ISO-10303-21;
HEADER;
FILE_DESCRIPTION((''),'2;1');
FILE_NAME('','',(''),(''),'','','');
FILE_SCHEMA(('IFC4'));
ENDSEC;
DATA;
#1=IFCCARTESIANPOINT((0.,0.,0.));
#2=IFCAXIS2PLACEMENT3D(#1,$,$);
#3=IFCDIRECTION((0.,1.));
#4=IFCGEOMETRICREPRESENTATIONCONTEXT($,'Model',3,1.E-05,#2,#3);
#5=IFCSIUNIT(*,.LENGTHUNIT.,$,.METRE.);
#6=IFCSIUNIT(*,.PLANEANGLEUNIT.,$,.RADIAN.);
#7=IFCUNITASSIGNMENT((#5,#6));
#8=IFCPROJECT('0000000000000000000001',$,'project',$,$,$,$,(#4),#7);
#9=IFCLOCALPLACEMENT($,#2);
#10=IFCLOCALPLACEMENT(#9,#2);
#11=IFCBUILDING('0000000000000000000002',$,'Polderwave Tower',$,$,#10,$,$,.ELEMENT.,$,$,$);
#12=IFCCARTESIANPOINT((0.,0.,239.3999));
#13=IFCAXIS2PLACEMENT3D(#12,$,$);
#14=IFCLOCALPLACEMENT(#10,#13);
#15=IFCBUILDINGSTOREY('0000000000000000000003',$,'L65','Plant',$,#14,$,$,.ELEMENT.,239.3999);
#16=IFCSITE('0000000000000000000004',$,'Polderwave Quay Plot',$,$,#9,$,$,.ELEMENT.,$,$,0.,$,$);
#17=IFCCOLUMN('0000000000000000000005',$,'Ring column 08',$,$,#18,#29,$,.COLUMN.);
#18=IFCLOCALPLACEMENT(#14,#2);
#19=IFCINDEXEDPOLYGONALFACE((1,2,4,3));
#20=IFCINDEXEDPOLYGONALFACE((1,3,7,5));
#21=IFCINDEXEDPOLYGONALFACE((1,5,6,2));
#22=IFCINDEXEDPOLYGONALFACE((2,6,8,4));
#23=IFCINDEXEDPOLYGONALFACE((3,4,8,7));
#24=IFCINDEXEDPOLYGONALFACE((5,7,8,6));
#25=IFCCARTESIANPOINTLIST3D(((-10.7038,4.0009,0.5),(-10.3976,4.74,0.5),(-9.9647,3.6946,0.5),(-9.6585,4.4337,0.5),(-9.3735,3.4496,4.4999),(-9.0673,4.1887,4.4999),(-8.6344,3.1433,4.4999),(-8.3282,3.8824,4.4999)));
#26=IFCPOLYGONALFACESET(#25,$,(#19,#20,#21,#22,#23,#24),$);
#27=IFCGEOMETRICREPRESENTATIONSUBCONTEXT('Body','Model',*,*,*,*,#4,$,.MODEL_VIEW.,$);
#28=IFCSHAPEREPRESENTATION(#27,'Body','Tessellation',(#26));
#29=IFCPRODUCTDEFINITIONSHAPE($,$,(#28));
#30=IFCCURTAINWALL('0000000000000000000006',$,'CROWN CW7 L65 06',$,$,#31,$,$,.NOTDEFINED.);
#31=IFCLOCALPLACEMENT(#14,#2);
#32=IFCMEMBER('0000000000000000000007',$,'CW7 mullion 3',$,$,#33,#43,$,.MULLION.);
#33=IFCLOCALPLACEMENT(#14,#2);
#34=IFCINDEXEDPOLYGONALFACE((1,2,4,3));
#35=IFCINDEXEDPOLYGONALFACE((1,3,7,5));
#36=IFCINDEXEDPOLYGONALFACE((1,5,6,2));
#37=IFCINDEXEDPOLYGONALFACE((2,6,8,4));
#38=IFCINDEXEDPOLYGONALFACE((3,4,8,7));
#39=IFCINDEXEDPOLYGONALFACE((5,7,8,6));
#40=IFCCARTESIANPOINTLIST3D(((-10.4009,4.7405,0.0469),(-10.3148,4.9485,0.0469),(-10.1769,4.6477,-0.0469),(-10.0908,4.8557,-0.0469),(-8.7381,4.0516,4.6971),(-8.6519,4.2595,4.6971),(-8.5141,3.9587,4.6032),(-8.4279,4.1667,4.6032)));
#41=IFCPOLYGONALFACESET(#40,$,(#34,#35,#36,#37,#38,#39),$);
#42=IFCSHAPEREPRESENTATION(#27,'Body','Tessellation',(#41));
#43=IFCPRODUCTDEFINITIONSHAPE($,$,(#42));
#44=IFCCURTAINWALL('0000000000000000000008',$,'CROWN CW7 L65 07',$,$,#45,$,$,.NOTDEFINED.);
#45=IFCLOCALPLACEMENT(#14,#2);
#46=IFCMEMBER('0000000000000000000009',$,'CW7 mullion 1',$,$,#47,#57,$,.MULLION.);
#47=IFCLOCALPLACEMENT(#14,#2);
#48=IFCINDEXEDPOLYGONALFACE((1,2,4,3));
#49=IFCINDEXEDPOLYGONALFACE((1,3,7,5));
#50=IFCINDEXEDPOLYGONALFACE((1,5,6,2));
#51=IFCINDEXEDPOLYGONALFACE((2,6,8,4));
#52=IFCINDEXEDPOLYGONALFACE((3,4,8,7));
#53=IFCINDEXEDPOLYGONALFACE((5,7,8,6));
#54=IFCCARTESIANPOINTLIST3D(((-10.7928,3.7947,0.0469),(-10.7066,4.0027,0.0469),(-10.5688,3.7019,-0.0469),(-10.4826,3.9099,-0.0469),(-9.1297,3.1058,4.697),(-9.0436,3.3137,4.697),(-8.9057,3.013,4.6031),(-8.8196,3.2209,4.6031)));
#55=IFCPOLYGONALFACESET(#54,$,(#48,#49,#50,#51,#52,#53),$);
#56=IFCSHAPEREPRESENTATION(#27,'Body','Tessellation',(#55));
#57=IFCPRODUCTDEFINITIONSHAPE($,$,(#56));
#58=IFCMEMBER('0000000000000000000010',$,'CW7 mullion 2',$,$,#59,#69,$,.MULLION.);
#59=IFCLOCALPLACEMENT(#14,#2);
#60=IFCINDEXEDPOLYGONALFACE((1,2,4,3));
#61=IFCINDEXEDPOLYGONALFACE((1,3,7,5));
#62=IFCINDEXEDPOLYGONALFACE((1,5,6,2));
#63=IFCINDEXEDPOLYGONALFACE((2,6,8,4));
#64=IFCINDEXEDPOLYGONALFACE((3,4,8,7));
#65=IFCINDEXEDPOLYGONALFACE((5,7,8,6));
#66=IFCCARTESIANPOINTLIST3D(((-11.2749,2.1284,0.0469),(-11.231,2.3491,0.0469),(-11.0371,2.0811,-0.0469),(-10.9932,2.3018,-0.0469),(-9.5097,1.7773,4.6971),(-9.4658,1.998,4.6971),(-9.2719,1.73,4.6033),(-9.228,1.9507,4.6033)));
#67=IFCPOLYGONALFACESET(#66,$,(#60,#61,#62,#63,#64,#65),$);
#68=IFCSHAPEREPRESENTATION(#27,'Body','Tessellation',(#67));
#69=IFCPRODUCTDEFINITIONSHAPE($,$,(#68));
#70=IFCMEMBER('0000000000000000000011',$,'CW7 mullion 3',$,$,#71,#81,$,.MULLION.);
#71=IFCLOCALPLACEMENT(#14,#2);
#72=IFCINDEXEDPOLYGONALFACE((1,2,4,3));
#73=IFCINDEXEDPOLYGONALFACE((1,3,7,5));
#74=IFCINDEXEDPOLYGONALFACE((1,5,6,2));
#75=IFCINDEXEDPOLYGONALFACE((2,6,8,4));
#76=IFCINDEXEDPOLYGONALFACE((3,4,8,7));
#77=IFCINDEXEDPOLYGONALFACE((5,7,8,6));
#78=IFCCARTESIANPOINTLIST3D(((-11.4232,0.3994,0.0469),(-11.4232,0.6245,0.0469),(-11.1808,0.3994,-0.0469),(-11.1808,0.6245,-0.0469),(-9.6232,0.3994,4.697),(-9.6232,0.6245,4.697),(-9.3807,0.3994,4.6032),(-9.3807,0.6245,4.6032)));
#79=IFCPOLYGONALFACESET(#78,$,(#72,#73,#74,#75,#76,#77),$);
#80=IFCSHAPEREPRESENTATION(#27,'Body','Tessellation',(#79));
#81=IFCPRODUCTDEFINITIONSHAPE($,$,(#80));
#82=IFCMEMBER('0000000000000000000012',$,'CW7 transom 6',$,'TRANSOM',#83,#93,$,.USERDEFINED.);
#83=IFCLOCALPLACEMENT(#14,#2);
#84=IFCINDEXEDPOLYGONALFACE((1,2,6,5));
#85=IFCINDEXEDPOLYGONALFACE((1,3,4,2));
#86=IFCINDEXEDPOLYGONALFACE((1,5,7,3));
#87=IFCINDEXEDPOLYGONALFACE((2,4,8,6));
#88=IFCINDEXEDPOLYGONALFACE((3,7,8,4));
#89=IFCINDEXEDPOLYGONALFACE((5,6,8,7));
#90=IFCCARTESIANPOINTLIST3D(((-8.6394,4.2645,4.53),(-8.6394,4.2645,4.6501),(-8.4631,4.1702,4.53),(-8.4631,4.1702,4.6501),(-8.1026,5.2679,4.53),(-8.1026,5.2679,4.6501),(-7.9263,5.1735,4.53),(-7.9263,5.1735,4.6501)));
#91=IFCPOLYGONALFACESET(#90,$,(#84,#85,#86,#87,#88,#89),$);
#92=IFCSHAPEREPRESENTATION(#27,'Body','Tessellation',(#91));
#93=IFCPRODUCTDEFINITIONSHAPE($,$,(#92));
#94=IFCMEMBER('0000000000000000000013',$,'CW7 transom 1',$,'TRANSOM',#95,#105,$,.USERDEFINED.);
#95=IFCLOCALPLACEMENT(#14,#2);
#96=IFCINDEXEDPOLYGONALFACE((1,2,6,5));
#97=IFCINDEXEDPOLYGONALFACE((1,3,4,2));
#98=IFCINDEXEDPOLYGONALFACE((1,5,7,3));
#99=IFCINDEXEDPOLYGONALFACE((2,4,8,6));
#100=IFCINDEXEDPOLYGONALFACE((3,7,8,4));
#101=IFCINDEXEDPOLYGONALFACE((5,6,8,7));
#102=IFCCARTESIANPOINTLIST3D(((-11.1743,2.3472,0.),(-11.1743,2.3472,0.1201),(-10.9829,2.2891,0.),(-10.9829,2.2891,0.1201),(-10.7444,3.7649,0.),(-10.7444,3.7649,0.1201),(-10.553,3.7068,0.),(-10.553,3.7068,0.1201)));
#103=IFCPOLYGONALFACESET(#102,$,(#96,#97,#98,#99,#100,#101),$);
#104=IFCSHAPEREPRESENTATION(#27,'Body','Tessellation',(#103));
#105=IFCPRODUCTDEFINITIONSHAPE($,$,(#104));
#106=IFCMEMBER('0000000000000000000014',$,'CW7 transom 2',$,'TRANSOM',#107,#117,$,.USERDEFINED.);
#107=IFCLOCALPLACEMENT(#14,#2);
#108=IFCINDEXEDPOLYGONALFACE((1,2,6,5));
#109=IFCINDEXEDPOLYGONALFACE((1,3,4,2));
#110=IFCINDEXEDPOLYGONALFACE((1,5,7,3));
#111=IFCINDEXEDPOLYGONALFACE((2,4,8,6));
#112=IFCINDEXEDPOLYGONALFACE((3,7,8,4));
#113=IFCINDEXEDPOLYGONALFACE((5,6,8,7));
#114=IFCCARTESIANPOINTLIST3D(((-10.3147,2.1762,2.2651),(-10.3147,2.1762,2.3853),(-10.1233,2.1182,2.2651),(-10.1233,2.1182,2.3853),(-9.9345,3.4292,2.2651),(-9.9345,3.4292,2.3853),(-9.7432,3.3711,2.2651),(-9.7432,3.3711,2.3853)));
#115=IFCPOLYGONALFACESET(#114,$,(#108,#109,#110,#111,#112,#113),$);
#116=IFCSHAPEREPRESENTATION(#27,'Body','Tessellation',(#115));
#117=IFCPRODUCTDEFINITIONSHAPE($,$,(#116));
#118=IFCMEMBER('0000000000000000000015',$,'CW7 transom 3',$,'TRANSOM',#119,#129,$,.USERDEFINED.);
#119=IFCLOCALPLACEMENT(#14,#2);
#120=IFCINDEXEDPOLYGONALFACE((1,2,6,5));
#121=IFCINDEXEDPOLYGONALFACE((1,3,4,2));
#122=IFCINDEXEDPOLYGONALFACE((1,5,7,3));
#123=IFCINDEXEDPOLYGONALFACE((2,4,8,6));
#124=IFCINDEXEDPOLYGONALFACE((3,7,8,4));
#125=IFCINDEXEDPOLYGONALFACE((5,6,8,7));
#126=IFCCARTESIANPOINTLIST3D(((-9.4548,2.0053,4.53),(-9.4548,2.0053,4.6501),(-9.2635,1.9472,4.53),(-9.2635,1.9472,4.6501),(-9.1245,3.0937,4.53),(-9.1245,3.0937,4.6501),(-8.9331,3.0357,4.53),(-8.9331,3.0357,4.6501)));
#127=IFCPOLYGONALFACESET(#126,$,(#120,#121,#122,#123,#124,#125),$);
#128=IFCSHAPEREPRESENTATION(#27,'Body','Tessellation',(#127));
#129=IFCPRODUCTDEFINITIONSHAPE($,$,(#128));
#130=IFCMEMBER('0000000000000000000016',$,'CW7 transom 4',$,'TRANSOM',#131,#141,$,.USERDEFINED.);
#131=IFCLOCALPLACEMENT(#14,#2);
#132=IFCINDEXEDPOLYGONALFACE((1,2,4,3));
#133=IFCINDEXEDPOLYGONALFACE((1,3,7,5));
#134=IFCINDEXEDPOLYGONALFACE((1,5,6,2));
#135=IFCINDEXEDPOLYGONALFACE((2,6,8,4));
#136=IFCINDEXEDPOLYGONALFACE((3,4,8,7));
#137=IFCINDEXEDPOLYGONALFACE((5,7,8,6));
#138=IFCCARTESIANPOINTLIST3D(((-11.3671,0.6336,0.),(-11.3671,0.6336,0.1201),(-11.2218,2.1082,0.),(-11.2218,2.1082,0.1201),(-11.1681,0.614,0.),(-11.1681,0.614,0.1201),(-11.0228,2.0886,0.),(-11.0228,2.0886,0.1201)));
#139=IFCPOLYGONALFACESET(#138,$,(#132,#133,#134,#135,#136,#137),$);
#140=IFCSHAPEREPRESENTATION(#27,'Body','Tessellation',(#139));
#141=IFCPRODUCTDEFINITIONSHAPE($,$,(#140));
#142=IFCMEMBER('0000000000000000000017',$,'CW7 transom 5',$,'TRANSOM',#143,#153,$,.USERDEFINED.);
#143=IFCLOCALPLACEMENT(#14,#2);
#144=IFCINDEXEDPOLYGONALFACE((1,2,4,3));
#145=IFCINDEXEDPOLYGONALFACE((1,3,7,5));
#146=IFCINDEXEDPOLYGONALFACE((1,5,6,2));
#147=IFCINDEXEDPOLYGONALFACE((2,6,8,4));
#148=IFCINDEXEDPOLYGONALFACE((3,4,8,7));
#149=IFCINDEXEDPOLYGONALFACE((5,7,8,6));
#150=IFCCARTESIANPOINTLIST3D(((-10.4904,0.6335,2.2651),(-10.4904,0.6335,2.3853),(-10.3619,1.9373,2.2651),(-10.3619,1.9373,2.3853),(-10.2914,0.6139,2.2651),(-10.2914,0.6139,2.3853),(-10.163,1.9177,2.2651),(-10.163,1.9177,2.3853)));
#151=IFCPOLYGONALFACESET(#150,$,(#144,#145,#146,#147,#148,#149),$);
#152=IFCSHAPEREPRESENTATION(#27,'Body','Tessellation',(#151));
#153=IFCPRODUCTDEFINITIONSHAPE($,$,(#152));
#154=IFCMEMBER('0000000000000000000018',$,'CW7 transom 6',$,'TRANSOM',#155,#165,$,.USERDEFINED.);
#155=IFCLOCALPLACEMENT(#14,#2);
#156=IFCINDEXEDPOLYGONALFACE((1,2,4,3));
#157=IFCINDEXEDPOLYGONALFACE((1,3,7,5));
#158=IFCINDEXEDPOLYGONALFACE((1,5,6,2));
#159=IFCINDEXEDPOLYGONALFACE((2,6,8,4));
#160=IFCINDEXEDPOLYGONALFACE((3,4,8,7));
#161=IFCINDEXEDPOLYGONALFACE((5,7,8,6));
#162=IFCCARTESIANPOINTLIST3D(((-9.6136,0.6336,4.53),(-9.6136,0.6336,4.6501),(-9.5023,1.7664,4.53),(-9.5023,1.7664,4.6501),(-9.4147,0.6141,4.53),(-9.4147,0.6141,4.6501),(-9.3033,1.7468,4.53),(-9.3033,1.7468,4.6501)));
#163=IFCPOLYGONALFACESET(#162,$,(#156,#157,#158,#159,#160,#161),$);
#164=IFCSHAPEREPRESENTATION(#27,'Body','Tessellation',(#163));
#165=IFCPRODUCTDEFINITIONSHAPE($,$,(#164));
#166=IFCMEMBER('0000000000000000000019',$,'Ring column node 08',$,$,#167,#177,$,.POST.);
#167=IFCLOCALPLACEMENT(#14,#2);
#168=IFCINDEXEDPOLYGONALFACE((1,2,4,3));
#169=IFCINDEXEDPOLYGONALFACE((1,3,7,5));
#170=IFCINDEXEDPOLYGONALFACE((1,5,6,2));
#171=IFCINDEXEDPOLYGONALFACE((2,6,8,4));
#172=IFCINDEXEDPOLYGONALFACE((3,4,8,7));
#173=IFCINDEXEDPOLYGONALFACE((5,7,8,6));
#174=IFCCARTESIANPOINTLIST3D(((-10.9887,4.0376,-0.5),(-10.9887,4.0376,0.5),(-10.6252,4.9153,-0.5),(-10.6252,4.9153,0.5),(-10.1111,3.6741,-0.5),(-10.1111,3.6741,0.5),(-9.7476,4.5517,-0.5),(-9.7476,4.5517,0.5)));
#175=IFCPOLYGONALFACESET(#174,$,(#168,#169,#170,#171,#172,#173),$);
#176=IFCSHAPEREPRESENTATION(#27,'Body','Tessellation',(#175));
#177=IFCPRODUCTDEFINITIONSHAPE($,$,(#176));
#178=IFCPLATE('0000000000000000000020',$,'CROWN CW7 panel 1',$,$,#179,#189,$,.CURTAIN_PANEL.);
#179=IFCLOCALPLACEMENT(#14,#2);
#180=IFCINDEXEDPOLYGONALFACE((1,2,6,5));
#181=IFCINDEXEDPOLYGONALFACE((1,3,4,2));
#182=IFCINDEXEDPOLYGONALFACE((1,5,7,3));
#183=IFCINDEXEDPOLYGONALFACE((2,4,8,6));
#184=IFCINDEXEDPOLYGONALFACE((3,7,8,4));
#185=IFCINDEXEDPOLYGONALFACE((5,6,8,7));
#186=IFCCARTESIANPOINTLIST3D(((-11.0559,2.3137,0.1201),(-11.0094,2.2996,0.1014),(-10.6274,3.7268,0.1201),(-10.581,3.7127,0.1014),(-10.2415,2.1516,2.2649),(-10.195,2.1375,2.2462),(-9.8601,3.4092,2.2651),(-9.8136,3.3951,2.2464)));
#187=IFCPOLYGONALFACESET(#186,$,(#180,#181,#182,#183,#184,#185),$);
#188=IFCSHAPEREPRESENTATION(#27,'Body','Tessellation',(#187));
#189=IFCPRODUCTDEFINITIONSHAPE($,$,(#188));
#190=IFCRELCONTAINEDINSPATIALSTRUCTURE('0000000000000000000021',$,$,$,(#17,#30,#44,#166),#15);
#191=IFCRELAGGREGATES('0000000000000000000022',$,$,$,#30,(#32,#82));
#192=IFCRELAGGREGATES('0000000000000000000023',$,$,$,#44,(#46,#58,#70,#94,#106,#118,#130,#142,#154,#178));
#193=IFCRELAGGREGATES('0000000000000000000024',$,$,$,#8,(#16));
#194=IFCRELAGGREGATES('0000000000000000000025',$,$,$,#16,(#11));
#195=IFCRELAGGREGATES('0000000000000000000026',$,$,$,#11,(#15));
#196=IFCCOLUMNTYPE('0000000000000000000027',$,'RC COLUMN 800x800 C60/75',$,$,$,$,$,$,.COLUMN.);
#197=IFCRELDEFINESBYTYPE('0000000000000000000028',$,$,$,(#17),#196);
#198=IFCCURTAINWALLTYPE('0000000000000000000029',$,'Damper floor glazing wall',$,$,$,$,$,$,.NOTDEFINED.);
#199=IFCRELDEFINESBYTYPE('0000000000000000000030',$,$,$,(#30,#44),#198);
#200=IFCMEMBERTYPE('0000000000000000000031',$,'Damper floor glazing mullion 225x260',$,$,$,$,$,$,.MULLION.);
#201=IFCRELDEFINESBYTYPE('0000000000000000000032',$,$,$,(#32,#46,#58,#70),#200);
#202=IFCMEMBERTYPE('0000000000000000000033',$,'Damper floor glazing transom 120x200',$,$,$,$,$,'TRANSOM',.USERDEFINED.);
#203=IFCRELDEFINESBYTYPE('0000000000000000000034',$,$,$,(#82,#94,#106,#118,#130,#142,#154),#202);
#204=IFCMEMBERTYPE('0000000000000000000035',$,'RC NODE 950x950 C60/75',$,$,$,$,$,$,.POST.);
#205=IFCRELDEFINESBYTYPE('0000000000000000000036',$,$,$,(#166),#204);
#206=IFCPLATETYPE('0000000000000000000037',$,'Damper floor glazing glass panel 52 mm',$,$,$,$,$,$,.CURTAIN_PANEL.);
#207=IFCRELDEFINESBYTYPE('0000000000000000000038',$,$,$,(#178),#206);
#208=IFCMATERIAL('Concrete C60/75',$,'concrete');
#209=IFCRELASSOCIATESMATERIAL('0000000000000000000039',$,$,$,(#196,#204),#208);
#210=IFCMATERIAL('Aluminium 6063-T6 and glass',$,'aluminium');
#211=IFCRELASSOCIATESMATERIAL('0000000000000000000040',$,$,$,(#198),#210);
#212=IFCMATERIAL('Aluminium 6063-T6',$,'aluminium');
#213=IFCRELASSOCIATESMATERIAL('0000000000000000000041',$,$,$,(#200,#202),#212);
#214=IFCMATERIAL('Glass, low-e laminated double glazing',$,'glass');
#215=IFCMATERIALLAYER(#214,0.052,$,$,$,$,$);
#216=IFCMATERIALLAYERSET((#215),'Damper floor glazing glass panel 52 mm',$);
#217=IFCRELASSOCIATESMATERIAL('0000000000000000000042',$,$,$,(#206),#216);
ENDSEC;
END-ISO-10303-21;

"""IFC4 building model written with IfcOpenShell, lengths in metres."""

from ifc_helpers import new_model, si_unit, direction, frame, origin, origin_2d, place, context, subcontext, project, spatial, polyline, rectangle, outline, extrude, material, layer, layer_set, material_profile, profile_set, type_object, element, aggregate, save


model = new_model("IFC4")

# Units and contexts
model_context = context("Model", 3, precision=1e-05, world=origin(), true_north=direction((0.0, 1.0)))
body_context = subcontext(model_context, "Body", "Model", "MODEL_VIEW")
ifc_project = project(units=[si_unit("LENGTHUNIT", "METRE"), si_unit("PLANEANGLEUNIT", "RADIAN")], contexts=[model_context])

# Site, building, storey
site_placement = place(None, origin())
site = spatial("IfcSite", under=ifc_project, at=site_placement, Name="Polderwave Quay Plot", CompositionType="ELEMENT", RefElevation=0.0)
building_placement = place(site_placement, origin())
building = spatial("IfcBuilding", under=site, at=building_placement, Name="Polderwave Tower", CompositionType="ELEMENT")
storey_placement = place(building_placement, frame((0.0, 0.0, 239.3999)))
storey = spatial("IfcBuildingStorey", under=building, at=storey_placement, Name="L65", Description="Plant", CompositionType="ELEMENT", Elevation=239.3999)

# Column
ifc_material_1 = material(Name="Concrete C60/75", Category="concrete")
ifc_material_profile_1 = material_profile(ifc_material_1, rectangle(XDim=0.8, YDim=0.8, at=origin_2d()), Name="RC 800x800")
ifc_profile_set_1 = profile_set([ifc_material_profile_1], Name="Concrete C60/75")
column_type = type_object("IfcColumnType", Name="RC COLUMN 800x800 C60/75", PredefinedType="COLUMN", material=ifc_profile_set_1)
column_placement = place(storey_placement, frame((-10.1812, 4.2173, 0.5), z_axis=(0.0, 0.0, 1.0), x_axis=(0.382821, 0.923823, 0.0)))
element("IfcColumn", 1, at=column_placement, inside=storey, type_object=column_type, Name="Ring column 08", PredefinedType="COLUMN", context=body_context, shape_type="SweptSolid", body=[
    extrude(rectangle(XDim=0.8, YDim=0.8, at=origin_2d()), origin(), (0.0, -0.338723, 0.940886), 4.2512),
])

# Curtain wall, member
ifc_material_2 = material(Name="Aluminium 6063-T6 and glass", Category="aluminium")
curtain_wall_type = type_object("IfcCurtainWallType", Name="Damper floor glazing wall", PredefinedType="NOTDEFINED", material=ifc_material_2)
curtain_wall_1_placement = place(storey_placement, origin())
curtain_wall_1 = element("IfcCurtainWall", 2, at=curtain_wall_1_placement, inside=storey, type_object=curtain_wall_type, Name="CROWN CW7 L65 06", PredefinedType="NOTDEFINED")
ifc_material_3 = material(Name="Aluminium 6063-T6", Category="aluminium")
ifc_material_profile_2 = material_profile(ifc_material_3, rectangle(XDim=0.2251, YDim=0.26, at=origin_2d()), Name="AL 225x260")
ifc_profile_set_2 = profile_set([ifc_material_profile_2], Name="Aluminium 6063-T6")
member_type_1 = type_object("IfcMemberType", Name="Damper floor glazing mullion 225x260", PredefinedType="MULLION", material=ifc_profile_set_2)
member_1_placement = place(storey_placement, frame((-10.2458, 4.7981, 0.0), z_axis=(0.333479, -0.13817, 0.932577), x_axis=(0.382775, 0.923842, 0.0)))
member_1 = element("IfcMember", 3, at=member_1_placement, type_object=member_type_1, Name="CW7 mullion 3", PredefinedType="MULLION", context=body_context, shape_type="SweptSolid", body=[
    extrude(rectangle(XDim=0.2251, YDim=0.26, at=origin_2d()), origin(), (0.0, 0.0, 1.0), 4.9863),
])

# Curtain wall, members
curtain_wall_2_placement = place(storey_placement, origin())
curtain_wall_2 = element("IfcCurtainWall", 4, at=curtain_wall_2_placement, inside=storey, type_object=curtain_wall_type, Name="CROWN CW7 L65 07", PredefinedType="NOTDEFINED")
member_2_placement = place(storey_placement, frame((-10.6377, 3.8523, 0.0), z_axis=(0.333523, -0.138168, 0.932562), x_axis=(0.382727, 0.923861, 0.0)))
member_2 = element("IfcMember", 5, at=member_2_placement, type_object=member_type_1, Name="CW7 mullion 1", PredefinedType="MULLION", context=body_context, shape_type="SweptSolid", body=[
    extrude(rectangle(XDim=0.2251, YDim=0.26, at=origin_2d()), origin(), (0.0, 0.0, 1.0), 4.9863),
])
member_3_placement = place(storey_placement, frame((-11.134, 2.2151, 0.0), z_axis=(0.354, -0.070408, 0.932591), x_axis=(0.195073, 0.980789, 0.0)))
member_3 = element("IfcMember", 6, at=member_3_placement, type_object=member_type_1, Name="CW7 mullion 2", PredefinedType="MULLION", context=body_context, shape_type="SweptSolid", body=[
    extrude(rectangle(XDim=0.2251, YDim=0.26, at=origin_2d()), origin(), (0.0, 0.0, 1.0), 4.9863),
])
member_4_placement = place(storey_placement, frame((-11.302, 0.512, 0.0), z_axis=(0.360993, 0.0, 0.932569), x_axis=(0.0, 1.0, 0.0)))
member_4 = element("IfcMember", 7, at=member_4_placement, type_object=member_type_1, Name="CW7 mullion 3", PredefinedType="MULLION", context=body_context, shape_type="SweptSolid", body=[
    extrude(rectangle(XDim=0.2251, YDim=0.26, at=origin_2d()), origin(), (0.0, 0.0, 1.0), 4.9863),
])

# Members
ifc_material_profile_3 = material_profile(ifc_material_3, rectangle(XDim=0.2, YDim=0.1201, at=origin_2d()), Name="AL 120x200")
ifc_profile_set_3 = profile_set([ifc_material_profile_3], Name="Aluminium 6063-T6")
member_type_2 = type_object("IfcMemberType", Name="Damper floor glazing transom 120x200", ElementType="TRANSOM", PredefinedType="USERDEFINED", material=ifc_profile_set_3)
member_5_placement = place(storey_placement, frame((-8.0144, 5.2207, 4.5901), z_axis=(-0.471757, -0.881729, 0.0), x_axis=(0.881729, -0.471757, 0.0)))
member_5 = element("IfcMember", 8, at=member_5_placement, type_object=member_type_2, Name="CW7 transom 6", ObjectType="TRANSOM", PredefinedType="USERDEFINED", context=body_context, shape_type="SweptSolid", body=[
    extrude(rectangle(XDim=0.2, YDim=0.1201, at=origin_2d()), origin(), (0.0, 0.0, 1.0), 1.1379),
])
aggregate(curtain_wall_1, [member_1, member_5])
member_6_placement = place(storey_placement, frame((-10.6487, 3.7358, 0.0601), z_axis=(-0.290204, -0.956965, 0.0), x_axis=(0.956965, -0.290204, 0.0)))
member_6 = element("IfcMember", 9, at=member_6_placement, type_object=member_type_2, Name="CW7 transom 1", ObjectType="TRANSOM", PredefinedType="USERDEFINED", context=body_context, shape_type="SweptSolid", body=[
    extrude(rectangle(XDim=0.2, YDim=0.1201, at=origin_2d()), origin(), (0.0, 0.0, 1.0), 1.4814),
])
member_7_placement = place(storey_placement, frame((-9.8389, 3.4001, 2.3252), z_axis=(-0.290323, -0.956929, 0.0), x_axis=(0.956929, -0.290323, 0.0)))
member_7 = element("IfcMember", 10, at=member_7_placement, type_object=member_type_2, Name="CW7 transom 2", ObjectType="TRANSOM", PredefinedType="USERDEFINED", context=body_context, shape_type="SweptSolid", body=[
    extrude(rectangle(XDim=0.2, YDim=0.1201, at=origin_2d()), origin(), (0.0, 0.0, 1.0), 1.3093),
])
member_8_placement = place(storey_placement, frame((-9.0288, 3.0647, 4.5901), z_axis=(-0.290418, -0.9569, 0.0), x_axis=(0.9569, -0.290418, 0.0)))
member_8 = element("IfcMember", 11, at=member_8_placement, type_object=member_type_2, Name="CW7 transom 3", ObjectType="TRANSOM", PredefinedType="USERDEFINED", context=body_context, shape_type="SweptSolid", body=[
    extrude(rectangle(XDim=0.2, YDim=0.1201, at=origin_2d()), origin(), (0.0, 0.0, 1.0), 1.1375),
])
member_9_placement = place(storey_placement, frame((-11.1223, 2.0984, 0.0601), z_axis=(-0.098035, -0.995183, 0.0), x_axis=(0.995183, -0.098035, 0.0)))
member_9 = element("IfcMember", 12, at=member_9_placement, type_object=member_type_2, Name="CW7 transom 4", ObjectType="TRANSOM", PredefinedType="USERDEFINED", context=body_context, shape_type="SweptSolid", body=[
    extrude(rectangle(XDim=0.2, YDim=0.1201, at=origin_2d()), origin(), (0.0, 0.0, 1.0), 1.4817),
])
member_10_placement = place(storey_placement, frame((-10.2625, 1.9275, 2.3252), z_axis=(-0.098027, -0.995184, 0.0), x_axis=(0.995184, -0.098027, 0.0)))
member_10 = element("IfcMember", 13, at=member_10_placement, type_object=member_type_2, Name="CW7 transom 5", ObjectType="TRANSOM", PredefinedType="USERDEFINED", context=body_context, shape_type="SweptSolid", body=[
    extrude(rectangle(XDim=0.2, YDim=0.1201, at=origin_2d()), origin(), (0.0, 0.0, 1.0), 1.3101),
])
member_11_placement = place(storey_placement, frame((-9.4028, 1.7566, 4.5901), z_axis=(-0.097805, -0.995206, 0.0), x_axis=(0.995206, -0.097805, 0.0)))
member_11 = element("IfcMember", 14, at=member_11_placement, type_object=member_type_2, Name="CW7 transom 6", ObjectType="TRANSOM", PredefinedType="USERDEFINED", context=body_context, shape_type="SweptSolid", body=[
    extrude(rectangle(XDim=0.2, YDim=0.1201, at=origin_2d()), origin(), (0.0, 0.0, 1.0), 1.1382),
])
ifc_material_profile_4 = material_profile(ifc_material_1, rectangle(XDim=0.95, YDim=0.95, at=origin_2d()), Name="RC 950x950")
ifc_profile_set_4 = profile_set([ifc_material_profile_4], Name="Concrete C60/75")
member_type_3 = type_object("IfcMemberType", Name="RC NODE 950x950 C60/75", PredefinedType="POST", material=ifc_profile_set_4)
member_12_placement = place(storey_placement, frame((-10.3682, 4.2947, -0.5), z_axis=(0.0, 0.0, 1.0), x_axis=(-0.92388, 0.382683, 0.0)))
element("IfcMember", 15, at=member_12_placement, inside=storey, type_object=member_type_3, Name="Ring column node 08", PredefinedType="POST", context=body_context, shape_type="SweptSolid", body=[
    extrude(rectangle(XDim=0.95, YDim=0.95, at=origin_2d()), origin(), (0.0, 0.0, 1.0), 1.0),
])

# Plate
ifc_material_4 = material(Name="Glass, low-e laminated double glazing", Category="glass")
ifc_layer = layer(ifc_material_4, 0.052)
ifc_layer_set = layer_set([ifc_layer], Name="Damper floor glazing glass panel 52 mm")
plate_type = type_object("IfcPlateType", Name="Damper floor glazing glass panel 52 mm", PredefinedType="CURTAIN_PANEL", material=ifc_layer_set)
plate_1_placement = place(storey_placement, frame((-10.6274, 3.7268, 0.1201), z_axis=(-0.892984, 0.270744, 0.35955), x_axis=(-0.29015, -0.956981, -0.000007)))
plate_1 = element("IfcPlate", 16, at=plate_1_placement, type_object=plate_type, Name="CROWN CW7 panel 1", PredefinedType="CURTAIN_PANEL", context=body_context, shape_type="SweptSolid", body=[
    extrude(outline(polyline([(0.0, 0.0), (1.4766, 0.0), (1.3954, 2.2985), (0.0813, 2.2987), (0.0, 0.0)])), origin(), (0.0, 0.0, -1.0), 0.052),
])
aggregate(curtain_wall_2, [member_2, member_3, member_4, member_6, member_7, member_8, member_9, member_10, member_11, plate_1])

save(model, "model.ifc")
